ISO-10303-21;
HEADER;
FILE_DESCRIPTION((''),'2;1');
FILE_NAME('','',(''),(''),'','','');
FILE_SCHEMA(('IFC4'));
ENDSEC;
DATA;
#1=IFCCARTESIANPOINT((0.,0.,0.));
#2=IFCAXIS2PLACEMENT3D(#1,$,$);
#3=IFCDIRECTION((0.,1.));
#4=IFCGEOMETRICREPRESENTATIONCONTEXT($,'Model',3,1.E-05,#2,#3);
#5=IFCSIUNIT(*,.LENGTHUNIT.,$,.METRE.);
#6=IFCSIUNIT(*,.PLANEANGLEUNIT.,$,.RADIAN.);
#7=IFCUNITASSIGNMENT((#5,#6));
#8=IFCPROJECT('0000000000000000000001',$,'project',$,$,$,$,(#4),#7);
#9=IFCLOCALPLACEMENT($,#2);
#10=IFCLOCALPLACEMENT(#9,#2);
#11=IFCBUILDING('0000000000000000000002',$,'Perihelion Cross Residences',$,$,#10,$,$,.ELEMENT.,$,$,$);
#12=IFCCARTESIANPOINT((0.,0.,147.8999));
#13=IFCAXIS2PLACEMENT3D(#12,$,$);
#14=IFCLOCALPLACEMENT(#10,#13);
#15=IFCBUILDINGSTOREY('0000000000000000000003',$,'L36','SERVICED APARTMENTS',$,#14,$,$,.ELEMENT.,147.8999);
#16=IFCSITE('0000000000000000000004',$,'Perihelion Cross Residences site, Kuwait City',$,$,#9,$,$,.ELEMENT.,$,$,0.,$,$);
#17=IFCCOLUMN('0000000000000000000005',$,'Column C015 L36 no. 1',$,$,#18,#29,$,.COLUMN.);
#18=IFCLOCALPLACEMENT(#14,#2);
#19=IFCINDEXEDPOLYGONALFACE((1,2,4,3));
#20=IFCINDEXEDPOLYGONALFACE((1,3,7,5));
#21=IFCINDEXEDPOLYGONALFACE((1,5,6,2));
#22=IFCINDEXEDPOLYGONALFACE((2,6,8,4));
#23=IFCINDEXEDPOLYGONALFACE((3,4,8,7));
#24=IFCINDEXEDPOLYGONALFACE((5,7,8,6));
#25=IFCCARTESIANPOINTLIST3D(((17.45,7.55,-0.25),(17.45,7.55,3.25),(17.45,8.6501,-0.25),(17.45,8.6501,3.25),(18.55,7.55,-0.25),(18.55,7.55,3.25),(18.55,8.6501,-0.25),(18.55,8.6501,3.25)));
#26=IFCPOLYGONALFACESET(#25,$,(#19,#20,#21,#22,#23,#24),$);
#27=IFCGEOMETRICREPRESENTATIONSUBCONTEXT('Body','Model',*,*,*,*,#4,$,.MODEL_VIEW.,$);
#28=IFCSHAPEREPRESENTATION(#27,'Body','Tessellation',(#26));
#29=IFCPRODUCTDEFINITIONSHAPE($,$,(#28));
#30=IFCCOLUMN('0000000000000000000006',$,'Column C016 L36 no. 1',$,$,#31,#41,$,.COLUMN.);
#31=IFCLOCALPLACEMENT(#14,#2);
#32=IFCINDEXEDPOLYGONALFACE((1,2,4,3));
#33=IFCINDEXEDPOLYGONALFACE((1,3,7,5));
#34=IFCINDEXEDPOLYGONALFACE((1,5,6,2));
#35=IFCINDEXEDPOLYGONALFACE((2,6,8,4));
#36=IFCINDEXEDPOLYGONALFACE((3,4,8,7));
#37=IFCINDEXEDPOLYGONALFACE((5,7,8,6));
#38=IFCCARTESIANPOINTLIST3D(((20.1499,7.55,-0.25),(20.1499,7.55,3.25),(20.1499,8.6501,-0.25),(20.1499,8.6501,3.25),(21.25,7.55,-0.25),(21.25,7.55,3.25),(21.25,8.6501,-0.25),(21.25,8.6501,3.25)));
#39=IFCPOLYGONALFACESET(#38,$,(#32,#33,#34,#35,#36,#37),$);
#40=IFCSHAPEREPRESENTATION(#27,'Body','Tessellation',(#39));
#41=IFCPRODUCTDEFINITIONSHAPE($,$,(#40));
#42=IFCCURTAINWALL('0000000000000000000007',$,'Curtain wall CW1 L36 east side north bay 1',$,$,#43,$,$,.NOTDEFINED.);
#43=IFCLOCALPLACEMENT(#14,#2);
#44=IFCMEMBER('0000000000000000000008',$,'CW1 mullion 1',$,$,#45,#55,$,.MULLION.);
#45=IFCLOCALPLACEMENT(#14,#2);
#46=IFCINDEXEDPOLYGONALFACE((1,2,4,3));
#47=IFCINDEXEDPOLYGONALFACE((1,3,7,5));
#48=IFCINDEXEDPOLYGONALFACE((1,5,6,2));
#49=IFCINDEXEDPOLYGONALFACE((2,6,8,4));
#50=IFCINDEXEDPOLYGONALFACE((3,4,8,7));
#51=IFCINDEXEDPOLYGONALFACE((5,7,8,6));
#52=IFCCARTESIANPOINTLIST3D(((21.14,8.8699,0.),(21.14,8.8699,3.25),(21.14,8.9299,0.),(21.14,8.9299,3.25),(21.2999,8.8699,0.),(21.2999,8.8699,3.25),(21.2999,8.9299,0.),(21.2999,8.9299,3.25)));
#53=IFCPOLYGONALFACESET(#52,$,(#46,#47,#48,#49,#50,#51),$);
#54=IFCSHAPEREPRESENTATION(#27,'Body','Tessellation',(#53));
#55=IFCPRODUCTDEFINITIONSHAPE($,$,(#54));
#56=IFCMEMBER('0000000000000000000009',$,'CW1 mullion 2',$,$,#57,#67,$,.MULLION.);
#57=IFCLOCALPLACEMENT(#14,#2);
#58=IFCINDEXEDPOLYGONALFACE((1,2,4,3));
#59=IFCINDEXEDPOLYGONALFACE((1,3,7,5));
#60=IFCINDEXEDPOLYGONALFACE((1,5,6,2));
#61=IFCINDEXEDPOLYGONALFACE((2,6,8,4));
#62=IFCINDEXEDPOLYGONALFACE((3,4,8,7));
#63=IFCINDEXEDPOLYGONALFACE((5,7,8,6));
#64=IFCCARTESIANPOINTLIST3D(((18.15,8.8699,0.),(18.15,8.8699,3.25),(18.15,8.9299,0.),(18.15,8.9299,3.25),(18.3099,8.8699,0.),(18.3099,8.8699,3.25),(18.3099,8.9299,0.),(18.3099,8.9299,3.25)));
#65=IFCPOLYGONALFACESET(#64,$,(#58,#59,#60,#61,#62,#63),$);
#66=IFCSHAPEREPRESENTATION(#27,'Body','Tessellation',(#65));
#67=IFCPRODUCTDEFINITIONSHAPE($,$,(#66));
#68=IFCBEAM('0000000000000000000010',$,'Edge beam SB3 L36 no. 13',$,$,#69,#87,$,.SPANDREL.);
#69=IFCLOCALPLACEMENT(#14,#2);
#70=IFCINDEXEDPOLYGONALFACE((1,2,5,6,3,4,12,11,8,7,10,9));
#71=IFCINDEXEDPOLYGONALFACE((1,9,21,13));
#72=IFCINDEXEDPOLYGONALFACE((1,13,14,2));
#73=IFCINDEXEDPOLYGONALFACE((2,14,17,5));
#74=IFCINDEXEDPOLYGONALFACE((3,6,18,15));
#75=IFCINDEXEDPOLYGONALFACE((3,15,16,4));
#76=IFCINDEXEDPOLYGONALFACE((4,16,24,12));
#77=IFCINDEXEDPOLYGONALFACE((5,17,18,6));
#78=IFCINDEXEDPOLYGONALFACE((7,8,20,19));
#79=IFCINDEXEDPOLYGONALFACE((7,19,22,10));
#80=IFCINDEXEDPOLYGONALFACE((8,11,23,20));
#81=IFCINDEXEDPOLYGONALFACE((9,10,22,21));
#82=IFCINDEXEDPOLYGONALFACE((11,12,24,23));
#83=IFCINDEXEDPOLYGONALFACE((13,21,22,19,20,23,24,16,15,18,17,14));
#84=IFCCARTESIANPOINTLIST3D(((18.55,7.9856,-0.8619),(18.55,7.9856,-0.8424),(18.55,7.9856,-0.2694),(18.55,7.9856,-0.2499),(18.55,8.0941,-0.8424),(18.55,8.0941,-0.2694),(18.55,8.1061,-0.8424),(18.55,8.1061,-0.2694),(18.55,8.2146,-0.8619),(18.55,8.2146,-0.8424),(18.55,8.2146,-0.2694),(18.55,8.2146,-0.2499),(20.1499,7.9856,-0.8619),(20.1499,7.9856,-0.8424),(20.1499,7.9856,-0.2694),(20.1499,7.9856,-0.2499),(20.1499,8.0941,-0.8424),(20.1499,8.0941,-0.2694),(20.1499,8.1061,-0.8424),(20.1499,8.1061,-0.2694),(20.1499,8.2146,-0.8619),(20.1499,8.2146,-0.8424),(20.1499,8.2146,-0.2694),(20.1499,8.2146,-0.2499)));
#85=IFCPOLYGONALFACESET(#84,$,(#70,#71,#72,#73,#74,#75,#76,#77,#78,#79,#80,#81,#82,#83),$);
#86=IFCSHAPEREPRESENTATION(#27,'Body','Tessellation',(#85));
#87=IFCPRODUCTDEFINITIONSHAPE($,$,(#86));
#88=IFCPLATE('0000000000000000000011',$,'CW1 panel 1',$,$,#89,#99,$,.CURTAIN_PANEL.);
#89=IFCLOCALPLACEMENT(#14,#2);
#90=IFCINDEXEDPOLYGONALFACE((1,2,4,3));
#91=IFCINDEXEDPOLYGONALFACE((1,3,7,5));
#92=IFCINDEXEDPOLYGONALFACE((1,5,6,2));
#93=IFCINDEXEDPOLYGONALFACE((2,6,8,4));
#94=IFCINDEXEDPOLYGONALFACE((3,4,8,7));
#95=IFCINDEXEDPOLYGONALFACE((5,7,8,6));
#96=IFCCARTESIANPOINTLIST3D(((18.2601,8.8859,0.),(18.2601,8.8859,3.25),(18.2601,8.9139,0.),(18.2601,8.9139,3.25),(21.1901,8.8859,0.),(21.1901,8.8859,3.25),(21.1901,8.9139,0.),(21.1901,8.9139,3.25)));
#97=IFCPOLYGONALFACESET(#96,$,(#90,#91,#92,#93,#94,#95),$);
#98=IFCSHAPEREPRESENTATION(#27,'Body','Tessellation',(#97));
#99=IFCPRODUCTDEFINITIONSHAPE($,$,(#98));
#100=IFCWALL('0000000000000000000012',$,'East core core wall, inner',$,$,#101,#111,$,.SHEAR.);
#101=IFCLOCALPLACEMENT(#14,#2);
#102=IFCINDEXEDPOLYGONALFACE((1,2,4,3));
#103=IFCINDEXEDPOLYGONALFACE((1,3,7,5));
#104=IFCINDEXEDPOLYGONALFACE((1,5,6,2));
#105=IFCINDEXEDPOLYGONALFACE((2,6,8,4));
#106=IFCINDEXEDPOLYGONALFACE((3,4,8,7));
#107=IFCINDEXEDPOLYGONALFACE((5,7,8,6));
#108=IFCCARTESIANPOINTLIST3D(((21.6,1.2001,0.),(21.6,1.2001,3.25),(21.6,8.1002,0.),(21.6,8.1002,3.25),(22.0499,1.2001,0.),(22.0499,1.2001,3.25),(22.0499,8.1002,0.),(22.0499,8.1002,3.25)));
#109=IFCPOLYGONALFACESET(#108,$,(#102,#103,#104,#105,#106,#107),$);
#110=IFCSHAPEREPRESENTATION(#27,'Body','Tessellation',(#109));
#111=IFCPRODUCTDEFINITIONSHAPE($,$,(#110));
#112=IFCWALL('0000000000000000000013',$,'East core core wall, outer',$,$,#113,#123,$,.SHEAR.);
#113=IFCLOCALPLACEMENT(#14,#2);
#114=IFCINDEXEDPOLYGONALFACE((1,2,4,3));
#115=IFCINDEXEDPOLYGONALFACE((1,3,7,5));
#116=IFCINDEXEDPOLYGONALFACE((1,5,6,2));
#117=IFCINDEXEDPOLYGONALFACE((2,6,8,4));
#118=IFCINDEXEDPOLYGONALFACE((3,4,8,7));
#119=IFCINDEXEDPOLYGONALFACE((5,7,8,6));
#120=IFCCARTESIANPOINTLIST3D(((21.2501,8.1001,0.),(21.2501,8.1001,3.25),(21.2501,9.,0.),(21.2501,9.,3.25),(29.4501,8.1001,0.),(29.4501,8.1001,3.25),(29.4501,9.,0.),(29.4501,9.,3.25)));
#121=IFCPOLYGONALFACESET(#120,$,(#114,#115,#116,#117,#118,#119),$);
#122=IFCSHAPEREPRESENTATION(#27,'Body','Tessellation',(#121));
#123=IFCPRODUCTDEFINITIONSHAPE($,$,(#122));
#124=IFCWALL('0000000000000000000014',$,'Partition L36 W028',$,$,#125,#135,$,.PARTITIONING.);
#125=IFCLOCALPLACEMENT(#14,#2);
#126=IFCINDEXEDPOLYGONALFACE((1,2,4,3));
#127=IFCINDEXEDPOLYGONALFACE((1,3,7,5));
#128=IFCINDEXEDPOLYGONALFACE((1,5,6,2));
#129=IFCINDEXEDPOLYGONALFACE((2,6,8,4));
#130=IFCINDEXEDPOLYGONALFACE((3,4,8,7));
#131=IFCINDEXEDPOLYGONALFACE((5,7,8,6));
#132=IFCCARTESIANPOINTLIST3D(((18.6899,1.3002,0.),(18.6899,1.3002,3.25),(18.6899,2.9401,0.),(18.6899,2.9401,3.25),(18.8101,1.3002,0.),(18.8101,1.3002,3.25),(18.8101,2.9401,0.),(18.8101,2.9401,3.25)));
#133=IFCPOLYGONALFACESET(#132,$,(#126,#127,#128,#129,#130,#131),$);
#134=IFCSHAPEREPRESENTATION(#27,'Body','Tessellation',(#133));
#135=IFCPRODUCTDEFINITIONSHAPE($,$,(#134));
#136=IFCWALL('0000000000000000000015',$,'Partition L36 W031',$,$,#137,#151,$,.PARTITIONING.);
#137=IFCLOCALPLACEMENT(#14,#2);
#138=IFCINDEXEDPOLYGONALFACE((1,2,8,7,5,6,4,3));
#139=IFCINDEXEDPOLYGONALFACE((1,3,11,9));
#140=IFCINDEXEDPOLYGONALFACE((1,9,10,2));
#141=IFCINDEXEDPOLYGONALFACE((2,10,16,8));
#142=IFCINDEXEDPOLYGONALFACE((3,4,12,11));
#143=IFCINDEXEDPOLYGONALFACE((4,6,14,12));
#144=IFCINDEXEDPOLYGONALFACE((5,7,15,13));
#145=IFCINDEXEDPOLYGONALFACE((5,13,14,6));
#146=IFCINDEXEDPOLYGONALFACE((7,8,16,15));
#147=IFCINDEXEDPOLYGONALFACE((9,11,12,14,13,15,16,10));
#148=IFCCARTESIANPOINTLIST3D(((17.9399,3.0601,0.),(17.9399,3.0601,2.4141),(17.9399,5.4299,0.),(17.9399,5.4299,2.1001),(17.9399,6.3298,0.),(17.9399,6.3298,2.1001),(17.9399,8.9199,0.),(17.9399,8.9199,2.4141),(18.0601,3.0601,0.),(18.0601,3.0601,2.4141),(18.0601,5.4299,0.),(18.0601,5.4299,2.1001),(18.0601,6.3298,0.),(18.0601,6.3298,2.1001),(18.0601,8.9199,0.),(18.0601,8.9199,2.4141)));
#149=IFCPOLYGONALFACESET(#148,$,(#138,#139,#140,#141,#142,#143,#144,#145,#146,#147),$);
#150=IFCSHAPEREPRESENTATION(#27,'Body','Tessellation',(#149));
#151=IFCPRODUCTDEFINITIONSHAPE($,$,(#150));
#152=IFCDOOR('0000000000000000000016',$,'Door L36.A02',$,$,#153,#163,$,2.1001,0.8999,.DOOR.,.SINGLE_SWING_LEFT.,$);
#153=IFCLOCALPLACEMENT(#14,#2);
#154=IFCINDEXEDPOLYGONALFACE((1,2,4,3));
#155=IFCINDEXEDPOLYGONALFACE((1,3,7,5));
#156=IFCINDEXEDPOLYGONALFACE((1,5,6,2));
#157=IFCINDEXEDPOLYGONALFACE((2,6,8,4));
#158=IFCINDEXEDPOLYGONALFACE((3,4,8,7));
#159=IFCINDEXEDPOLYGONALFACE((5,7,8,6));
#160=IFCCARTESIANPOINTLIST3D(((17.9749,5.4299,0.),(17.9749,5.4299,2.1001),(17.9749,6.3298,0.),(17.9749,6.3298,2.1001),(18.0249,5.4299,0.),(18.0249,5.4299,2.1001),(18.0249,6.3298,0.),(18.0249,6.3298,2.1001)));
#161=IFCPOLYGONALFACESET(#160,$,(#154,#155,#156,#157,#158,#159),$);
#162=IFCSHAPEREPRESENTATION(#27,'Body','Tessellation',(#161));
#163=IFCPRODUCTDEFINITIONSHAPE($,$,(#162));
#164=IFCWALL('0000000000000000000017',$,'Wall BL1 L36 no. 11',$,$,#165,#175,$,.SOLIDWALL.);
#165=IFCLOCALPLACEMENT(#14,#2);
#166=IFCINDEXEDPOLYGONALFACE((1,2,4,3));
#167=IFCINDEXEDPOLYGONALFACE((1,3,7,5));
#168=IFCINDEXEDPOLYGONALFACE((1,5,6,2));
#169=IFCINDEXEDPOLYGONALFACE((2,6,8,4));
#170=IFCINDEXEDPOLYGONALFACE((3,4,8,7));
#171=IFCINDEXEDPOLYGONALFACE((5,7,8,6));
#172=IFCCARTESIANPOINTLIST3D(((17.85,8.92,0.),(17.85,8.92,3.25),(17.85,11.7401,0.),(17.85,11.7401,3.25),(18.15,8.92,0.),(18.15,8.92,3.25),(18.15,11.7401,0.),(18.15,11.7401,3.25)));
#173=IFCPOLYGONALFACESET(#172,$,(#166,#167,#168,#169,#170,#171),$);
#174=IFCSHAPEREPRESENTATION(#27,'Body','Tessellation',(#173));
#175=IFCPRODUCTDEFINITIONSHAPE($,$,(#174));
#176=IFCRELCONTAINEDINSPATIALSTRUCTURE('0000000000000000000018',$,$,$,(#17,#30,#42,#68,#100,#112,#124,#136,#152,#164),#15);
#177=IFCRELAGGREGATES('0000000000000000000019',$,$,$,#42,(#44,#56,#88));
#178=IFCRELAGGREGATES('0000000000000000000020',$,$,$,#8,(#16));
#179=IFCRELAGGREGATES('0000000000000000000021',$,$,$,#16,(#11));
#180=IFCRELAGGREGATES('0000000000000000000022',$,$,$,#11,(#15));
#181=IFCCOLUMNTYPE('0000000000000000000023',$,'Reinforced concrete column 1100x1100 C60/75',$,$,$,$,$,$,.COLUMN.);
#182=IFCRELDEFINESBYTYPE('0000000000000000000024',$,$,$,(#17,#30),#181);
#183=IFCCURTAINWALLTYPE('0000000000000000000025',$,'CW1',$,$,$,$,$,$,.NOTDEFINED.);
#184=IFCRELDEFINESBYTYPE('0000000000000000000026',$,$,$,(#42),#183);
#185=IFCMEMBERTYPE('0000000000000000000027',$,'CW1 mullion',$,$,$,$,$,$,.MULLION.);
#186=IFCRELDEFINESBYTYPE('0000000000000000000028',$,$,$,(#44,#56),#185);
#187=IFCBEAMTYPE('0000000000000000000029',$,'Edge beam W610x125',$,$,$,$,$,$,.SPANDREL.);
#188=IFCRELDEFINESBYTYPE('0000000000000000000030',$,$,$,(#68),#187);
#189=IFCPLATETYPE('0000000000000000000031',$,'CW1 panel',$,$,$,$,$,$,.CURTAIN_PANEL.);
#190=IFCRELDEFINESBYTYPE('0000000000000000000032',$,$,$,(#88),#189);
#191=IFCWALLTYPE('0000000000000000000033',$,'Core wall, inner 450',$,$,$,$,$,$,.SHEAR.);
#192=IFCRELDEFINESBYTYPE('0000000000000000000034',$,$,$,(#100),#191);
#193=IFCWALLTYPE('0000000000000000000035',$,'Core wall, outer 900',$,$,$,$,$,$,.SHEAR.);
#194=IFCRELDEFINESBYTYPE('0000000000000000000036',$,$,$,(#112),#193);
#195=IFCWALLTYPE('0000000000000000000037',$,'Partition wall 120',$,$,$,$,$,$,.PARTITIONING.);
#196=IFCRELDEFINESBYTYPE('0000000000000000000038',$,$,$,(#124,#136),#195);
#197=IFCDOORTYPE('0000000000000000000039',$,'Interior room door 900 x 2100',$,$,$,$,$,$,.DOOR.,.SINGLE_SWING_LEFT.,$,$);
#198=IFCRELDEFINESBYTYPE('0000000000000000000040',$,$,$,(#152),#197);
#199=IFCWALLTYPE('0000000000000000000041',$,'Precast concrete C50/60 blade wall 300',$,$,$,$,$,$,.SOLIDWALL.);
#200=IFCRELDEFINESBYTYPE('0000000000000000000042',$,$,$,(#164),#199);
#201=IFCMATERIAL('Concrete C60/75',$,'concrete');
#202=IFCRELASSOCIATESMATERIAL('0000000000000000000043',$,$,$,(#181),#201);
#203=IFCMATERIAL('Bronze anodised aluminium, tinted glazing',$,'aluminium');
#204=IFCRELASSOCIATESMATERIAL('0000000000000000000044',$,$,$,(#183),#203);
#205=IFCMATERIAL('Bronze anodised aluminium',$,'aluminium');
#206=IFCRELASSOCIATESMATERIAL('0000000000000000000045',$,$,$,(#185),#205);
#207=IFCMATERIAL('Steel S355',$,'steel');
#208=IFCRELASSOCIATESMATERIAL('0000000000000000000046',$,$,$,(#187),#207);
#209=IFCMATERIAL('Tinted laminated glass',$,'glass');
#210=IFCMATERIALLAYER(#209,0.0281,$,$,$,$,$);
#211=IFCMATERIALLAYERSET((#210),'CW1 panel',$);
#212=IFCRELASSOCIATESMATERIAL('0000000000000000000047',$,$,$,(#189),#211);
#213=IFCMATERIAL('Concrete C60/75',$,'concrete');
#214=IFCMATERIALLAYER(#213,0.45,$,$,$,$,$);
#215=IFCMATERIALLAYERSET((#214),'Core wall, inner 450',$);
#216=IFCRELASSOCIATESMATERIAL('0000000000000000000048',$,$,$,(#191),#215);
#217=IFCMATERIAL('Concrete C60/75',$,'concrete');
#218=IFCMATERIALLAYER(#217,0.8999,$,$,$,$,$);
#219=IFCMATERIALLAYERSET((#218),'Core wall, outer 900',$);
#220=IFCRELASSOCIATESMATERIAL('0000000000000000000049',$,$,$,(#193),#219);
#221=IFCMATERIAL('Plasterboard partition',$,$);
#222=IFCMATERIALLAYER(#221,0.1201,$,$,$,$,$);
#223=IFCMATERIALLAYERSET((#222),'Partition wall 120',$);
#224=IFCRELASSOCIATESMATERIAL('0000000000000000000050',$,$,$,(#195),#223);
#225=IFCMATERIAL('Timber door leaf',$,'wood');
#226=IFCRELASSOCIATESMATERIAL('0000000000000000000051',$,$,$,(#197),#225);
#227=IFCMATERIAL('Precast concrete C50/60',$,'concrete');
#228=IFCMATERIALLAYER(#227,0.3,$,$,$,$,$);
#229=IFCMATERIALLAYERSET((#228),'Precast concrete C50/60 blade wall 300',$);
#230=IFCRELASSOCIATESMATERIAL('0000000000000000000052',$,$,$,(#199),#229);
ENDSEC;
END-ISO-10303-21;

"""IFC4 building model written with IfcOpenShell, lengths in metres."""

from ifc_helpers import new_model, si_unit, direction, frame, frame_2d, origin, origin_2d, place, context, subcontext, project, spatial, rectangle, i_section, extrude, material, layer, layer_set, material_profile, profile_set, type_object, element, fill, aggregate, save


model = new_model("IFC4")

# Units and contexts
model_context = context("Model", 3, precision=1e-05, world=origin(), true_north=direction((0.0, 1.0)))
body_context = subcontext(model_context, "Body", "Model", "MODEL_VIEW")
ifc_project = project(units=[si_unit("LENGTHUNIT", "METRE"), si_unit("PLANEANGLEUNIT", "RADIAN")], contexts=[model_context])

# Site, building, storey
site_placement = place(None, origin())
site = spatial("IfcSite", under=ifc_project, at=site_placement, Name="Perihelion Cross Residences site, Kuwait City", CompositionType="ELEMENT", RefElevation=0.0)
building_placement = place(site_placement, origin())
building = spatial("IfcBuilding", under=site, at=building_placement, Name="Perihelion Cross Residences", CompositionType="ELEMENT")
storey_placement = place(building_placement, frame((0.0, 0.0, 147.8999)))
storey = spatial("IfcBuildingStorey", under=building, at=storey_placement, Name="L36", Description="SERVICED APARTMENTS", CompositionType="ELEMENT", Elevation=147.8999)

# Columns
ifc_material_1 = material(Name="Concrete C60/75", Category="concrete")
ifc_material_profile_1 = material_profile(ifc_material_1, rectangle(XDim=1.1001, YDim=1.1001, at=origin_2d()), Name="RC 1100x1100")
ifc_profile_set_1 = profile_set([ifc_material_profile_1], Name="Concrete C60/75")
column_type = type_object("IfcColumnType", Name="Reinforced concrete column 1100x1100 C60/75", PredefinedType="COLUMN", material=ifc_profile_set_1)
for number, where, z_axis, x_axis, name in (
    (1, (18.0, 8.1001, -0.25), (0.0, 0.0, 1.0), (1.0, 0.0, 0.0), "Column C015 L36 no. 1"),
    (2, (20.7, 8.1001, -0.25), (0.0, 0.0, 1.0), (1.0, 0.0, 0.0), "Column C016 L36 no. 1"),
):
    element("IfcColumn", number, at=place(storey_placement, frame(where, z_axis=z_axis, x_axis=x_axis)), inside=storey, type_object=column_type, Name=name, PredefinedType="COLUMN", context=body_context, shape_type="SweptSolid", body=[
        extrude(rectangle(XDim=1.1001, YDim=1.1001, at=origin_2d()), origin(), (0.0, 0.0, 1.0), 3.5),
    ])

# Curtain wall, members
ifc_material_2 = material(Name="Bronze anodised aluminium, tinted glazing", Category="aluminium")
curtain_wall_type = type_object("IfcCurtainWallType", Name="CW1", PredefinedType="NOTDEFINED", material=ifc_material_2)
curtain_wall_placement = place(storey_placement, origin())
curtain_wall = element("IfcCurtainWall", 3, at=curtain_wall_placement, inside=storey, type_object=curtain_wall_type, Name="Curtain wall CW1 L36 east side north bay 1", PredefinedType="NOTDEFINED")
ifc_material_3 = material(Name="Bronze anodised aluminium", Category="aluminium")
ifc_material_profile_2 = material_profile(ifc_material_3, rectangle(XDim=0.0601, YDim=0.1599, at=origin_2d()), Name="CW1 mullion")
ifc_profile_set_2 = profile_set([ifc_material_profile_2], Name="Bronze anodised aluminium")
member_type = type_object("IfcMemberType", Name="CW1 mullion", PredefinedType="MULLION", material=ifc_profile_set_2)
member_1_placement = place(storey_placement, frame((21.22, 8.8999, 0.0), z_axis=(0.0, 0.0, 1.0), x_axis=(0.0, -1.0, 0.0)))
member_1 = element("IfcMember", 4, at=member_1_placement, type_object=member_type, Name="CW1 mullion 1", PredefinedType="MULLION", context=body_context, shape_type="SweptSolid", body=[
    extrude(rectangle(XDim=0.0601, YDim=0.1599, at=origin_2d()), origin(), (0.0, 0.0, 1.0), 3.25),
])
member_2_placement = place(storey_placement, frame((18.23, 8.8999, 0.0), z_axis=(0.0, 0.0, 1.0), x_axis=(0.0, -1.0, 0.0)))
member_2 = element("IfcMember", 5, at=member_2_placement, type_object=member_type, Name="CW1 mullion 2", PredefinedType="MULLION", context=body_context, shape_type="SweptSolid", body=[
    extrude(rectangle(XDim=0.0601, YDim=0.1599, at=origin_2d()), origin(), (0.0, 0.0, 1.0), 3.25),
])

# Beam
ifc_material_4 = material(Name="Steel S355", Category="steel")
ifc_material_profile_3 = material_profile(ifc_material_4, i_section(OverallWidth=0.229, OverallDepth=0.6121, WebThickness=0.012, FlangeThickness=0.0195, at=origin_2d()), Name="W610x125")
ifc_profile_set_3 = profile_set([ifc_material_profile_3], Name="Steel S355")
beam_type = type_object("IfcBeamType", Name="Edge beam W610x125", PredefinedType="SPANDREL", material=ifc_profile_set_3)
beam_placement = place(storey_placement, frame((20.1499, 8.1001, -0.5559), z_axis=(-1.0, 0.0, 0.0), x_axis=(0.0, -1.0, 0.0)))
element("IfcBeam", 6, at=beam_placement, inside=storey, type_object=beam_type, Name="Edge beam SB3 L36 no. 13", PredefinedType="SPANDREL", context=body_context, shape_type="SweptSolid", body=[
    extrude(i_section(OverallWidth=0.229, OverallDepth=0.6121, WebThickness=0.012, FlangeThickness=0.0195, at=origin_2d()), origin(), (0.0, 0.0, 1.0), 1.5999),
])

# Plate
ifc_material_5 = material(Name="Tinted laminated glass", Category="glass")
ifc_layer_1 = layer(ifc_material_5, 0.0281)
ifc_layer_set_1 = layer_set([ifc_layer_1], Name="CW1 panel")
plate_type = type_object("IfcPlateType", Name="CW1 panel", PredefinedType="CURTAIN_PANEL", material=ifc_layer_set_1)
plate_placement = place(storey_placement, frame((19.7251, 8.8999, 0.0), z_axis=(0.0, 0.0, 1.0), x_axis=(-1.0, 0.0, 0.0)))
plate = element("IfcPlate", 7, at=plate_placement, type_object=plate_type, Name="CW1 panel 1", PredefinedType="CURTAIN_PANEL", context=body_context, shape_type="SweptSolid", body=[
    extrude(rectangle(XDim=2.9299, YDim=0.0281, at=origin_2d()), origin(), (0.0, 0.0, 1.0), 3.25),
])
aggregate(curtain_wall, [member_1, member_2, plate])

# Walls
ifc_material_6 = material(Name="Concrete C60/75", Category="concrete")
ifc_layer_2 = layer(ifc_material_6, 0.45)
ifc_layer_set_2 = layer_set([ifc_layer_2], Name="Core wall, inner 450")
wall_type_1 = type_object("IfcWallType", Name="Core wall, inner 450", PredefinedType="SHEAR", material=ifc_layer_set_2)
wall_1_placement = place(storey_placement, frame((21.825, 1.2, 0.0), z_axis=(0.0, 0.0, 1.0), x_axis=(0.0, 1.0, 0.0)))
element("IfcWall", 8, at=wall_1_placement, inside=storey, type_object=wall_type_1, Name="East core core wall, inner", PredefinedType="SHEAR", context=body_context, shape_type="SweptSolid", body=[
    extrude(rectangle(XDim=6.9001, YDim=0.45, at=frame_2d((3.4502, 0.0))), origin(), (0.0, 0.0, 1.0), 3.25),
])
ifc_material_7 = material(Name="Concrete C60/75", Category="concrete")
ifc_layer_3 = layer(ifc_material_7, 0.8999)
ifc_layer_set_3 = layer_set([ifc_layer_3], Name="Core wall, outer 900")
wall_type_2 = type_object("IfcWallType", Name="Core wall, outer 900", PredefinedType="SHEAR", material=ifc_layer_set_3)
wall_2_placement = place(storey_placement, frame((21.25, 8.55, 0.0), z_axis=(0.0, 0.0, 1.0), x_axis=(1.0, 0.0, 0.0)))
element("IfcWall", 9, at=wall_2_placement, inside=storey, type_object=wall_type_2, Name="East core core wall, outer", PredefinedType="SHEAR", context=body_context, shape_type="SweptSolid", body=[
    extrude(rectangle(XDim=8.2, YDim=0.8999, at=frame_2d((4.1001, 0.0))), origin(), (0.0, 0.0, 1.0), 3.25),
])
ifc_material_8 = material(Name="Plasterboard partition")
ifc_layer_4 = layer(ifc_material_8, 0.1201)
ifc_layer_set_4 = layer_set([ifc_layer_4], Name="Partition wall 120")
wall_type_3 = type_object("IfcWallType", Name="Partition wall 120", PredefinedType="PARTITIONING", material=ifc_layer_set_4)
wall_3_placement = place(storey_placement, frame((18.75, 2.9399, 0.0), z_axis=(0.0, 0.0, 1.0), x_axis=(0.0, -1.0, 0.0)))
element("IfcWall", 10, at=wall_3_placement, inside=storey, type_object=wall_type_3, Name="Partition L36 W028", PredefinedType="PARTITIONING", context=body_context, shape_type="SweptSolid", body=[
    extrude(rectangle(XDim=1.6399, YDim=0.1201, at=frame_2d((0.8198, 0.0))), origin(), (0.0, 0.0, 1.0), 3.25),
])

# Wall, opening, door
wall_4_placement = place(storey_placement, frame((18.0, 8.9199, 0.0), z_axis=(0.0, 0.0, 1.0), x_axis=(0.0, -1.0, 0.0)))
wall_4 = element("IfcWall", 11, at=wall_4_placement, inside=storey, type_object=wall_type_3, Name="Partition L36 W031", PredefinedType="PARTITIONING", context=body_context, shape_type="SweptSolid", body=[
    extrude(rectangle(XDim=5.8599, YDim=0.1201, at=frame_2d((2.9299, 0.0))), origin(), (0.0, 0.0, 1.0), 2.4141),
])
opening_1_placement = place(wall_4_placement, frame((2.5901, 0.0, 0.0)))
opening_1 = element("IfcOpeningElement", 12, at=opening_1_placement, cuts=wall_4, PredefinedType="OPENING", context=body_context, shape_type="SweptSolid", body=[
    extrude(rectangle(XDim=0.8999, YDim=2.1001, at=frame_2d((0.45, 1.05))), frame((0.0, 0.0701, 0.0), z_axis=(0.0, -1.0, 0.0), x_axis=(1.0, 0.0, 0.0)), (0.0, 0.0, 1.0), 0.1401),
])
ifc_material_9 = material(Name="Timber door leaf", Category="wood")
door_type_1 = type_object("IfcDoorType", Name="Interior room door 900 x 2100", OperationType="SINGLE_SWING_LEFT", PredefinedType="DOOR", material=ifc_material_9)
door_1_placement = place(opening_1_placement, origin())
door_1 = element("IfcDoor", 13, at=door_1_placement, inside=storey, type_object=door_type_1, Name="Door L36.A02", OperationType="SINGLE_SWING_LEFT", OverallHeight=2.1001, OverallWidth=0.8999, PredefinedType="DOOR", context=body_context, shape_type="SweptSolid", body=[
    extrude(rectangle(XDim=0.8999, YDim=2.1001, at=frame_2d((0.45, 1.05))), frame((0.0, 0.0249, 0.0), z_axis=(0.0, -1.0, 0.0), x_axis=(1.0, 0.0, 0.0)), (0.0, 0.0, 1.0), 0.05),
])
fill(opening_1, door_1)

# Wall
ifc_material_10 = material(Name="Precast concrete C50/60", Category="concrete")
ifc_layer_5 = layer(ifc_material_10, 0.3)
ifc_layer_set_5 = layer_set([ifc_layer_5], Name="Precast concrete C50/60 blade wall 300")
wall_type_4 = type_object("IfcWallType", Name="Precast concrete C50/60 blade wall 300", PredefinedType="SOLIDWALL", material=ifc_layer_set_5)
wall_5_placement = place(storey_placement, frame((18.0, 8.9199, 0.0), z_axis=(0.0, 0.0, 1.0), x_axis=(0.0, 1.0, 0.0)))
element("IfcWall", 14, at=wall_5_placement, inside=storey, type_object=wall_type_4, Name="Wall BL1 L36 no. 11", PredefinedType="SOLIDWALL", context=body_context, shape_type="SweptSolid", body=[
    extrude(rectangle(XDim=2.8201, YDim=0.3, at=frame_2d((1.4102, 0.0))), origin(), (0.0, 0.0, 1.0), 3.25),
])

save(model, "model.ifc")
